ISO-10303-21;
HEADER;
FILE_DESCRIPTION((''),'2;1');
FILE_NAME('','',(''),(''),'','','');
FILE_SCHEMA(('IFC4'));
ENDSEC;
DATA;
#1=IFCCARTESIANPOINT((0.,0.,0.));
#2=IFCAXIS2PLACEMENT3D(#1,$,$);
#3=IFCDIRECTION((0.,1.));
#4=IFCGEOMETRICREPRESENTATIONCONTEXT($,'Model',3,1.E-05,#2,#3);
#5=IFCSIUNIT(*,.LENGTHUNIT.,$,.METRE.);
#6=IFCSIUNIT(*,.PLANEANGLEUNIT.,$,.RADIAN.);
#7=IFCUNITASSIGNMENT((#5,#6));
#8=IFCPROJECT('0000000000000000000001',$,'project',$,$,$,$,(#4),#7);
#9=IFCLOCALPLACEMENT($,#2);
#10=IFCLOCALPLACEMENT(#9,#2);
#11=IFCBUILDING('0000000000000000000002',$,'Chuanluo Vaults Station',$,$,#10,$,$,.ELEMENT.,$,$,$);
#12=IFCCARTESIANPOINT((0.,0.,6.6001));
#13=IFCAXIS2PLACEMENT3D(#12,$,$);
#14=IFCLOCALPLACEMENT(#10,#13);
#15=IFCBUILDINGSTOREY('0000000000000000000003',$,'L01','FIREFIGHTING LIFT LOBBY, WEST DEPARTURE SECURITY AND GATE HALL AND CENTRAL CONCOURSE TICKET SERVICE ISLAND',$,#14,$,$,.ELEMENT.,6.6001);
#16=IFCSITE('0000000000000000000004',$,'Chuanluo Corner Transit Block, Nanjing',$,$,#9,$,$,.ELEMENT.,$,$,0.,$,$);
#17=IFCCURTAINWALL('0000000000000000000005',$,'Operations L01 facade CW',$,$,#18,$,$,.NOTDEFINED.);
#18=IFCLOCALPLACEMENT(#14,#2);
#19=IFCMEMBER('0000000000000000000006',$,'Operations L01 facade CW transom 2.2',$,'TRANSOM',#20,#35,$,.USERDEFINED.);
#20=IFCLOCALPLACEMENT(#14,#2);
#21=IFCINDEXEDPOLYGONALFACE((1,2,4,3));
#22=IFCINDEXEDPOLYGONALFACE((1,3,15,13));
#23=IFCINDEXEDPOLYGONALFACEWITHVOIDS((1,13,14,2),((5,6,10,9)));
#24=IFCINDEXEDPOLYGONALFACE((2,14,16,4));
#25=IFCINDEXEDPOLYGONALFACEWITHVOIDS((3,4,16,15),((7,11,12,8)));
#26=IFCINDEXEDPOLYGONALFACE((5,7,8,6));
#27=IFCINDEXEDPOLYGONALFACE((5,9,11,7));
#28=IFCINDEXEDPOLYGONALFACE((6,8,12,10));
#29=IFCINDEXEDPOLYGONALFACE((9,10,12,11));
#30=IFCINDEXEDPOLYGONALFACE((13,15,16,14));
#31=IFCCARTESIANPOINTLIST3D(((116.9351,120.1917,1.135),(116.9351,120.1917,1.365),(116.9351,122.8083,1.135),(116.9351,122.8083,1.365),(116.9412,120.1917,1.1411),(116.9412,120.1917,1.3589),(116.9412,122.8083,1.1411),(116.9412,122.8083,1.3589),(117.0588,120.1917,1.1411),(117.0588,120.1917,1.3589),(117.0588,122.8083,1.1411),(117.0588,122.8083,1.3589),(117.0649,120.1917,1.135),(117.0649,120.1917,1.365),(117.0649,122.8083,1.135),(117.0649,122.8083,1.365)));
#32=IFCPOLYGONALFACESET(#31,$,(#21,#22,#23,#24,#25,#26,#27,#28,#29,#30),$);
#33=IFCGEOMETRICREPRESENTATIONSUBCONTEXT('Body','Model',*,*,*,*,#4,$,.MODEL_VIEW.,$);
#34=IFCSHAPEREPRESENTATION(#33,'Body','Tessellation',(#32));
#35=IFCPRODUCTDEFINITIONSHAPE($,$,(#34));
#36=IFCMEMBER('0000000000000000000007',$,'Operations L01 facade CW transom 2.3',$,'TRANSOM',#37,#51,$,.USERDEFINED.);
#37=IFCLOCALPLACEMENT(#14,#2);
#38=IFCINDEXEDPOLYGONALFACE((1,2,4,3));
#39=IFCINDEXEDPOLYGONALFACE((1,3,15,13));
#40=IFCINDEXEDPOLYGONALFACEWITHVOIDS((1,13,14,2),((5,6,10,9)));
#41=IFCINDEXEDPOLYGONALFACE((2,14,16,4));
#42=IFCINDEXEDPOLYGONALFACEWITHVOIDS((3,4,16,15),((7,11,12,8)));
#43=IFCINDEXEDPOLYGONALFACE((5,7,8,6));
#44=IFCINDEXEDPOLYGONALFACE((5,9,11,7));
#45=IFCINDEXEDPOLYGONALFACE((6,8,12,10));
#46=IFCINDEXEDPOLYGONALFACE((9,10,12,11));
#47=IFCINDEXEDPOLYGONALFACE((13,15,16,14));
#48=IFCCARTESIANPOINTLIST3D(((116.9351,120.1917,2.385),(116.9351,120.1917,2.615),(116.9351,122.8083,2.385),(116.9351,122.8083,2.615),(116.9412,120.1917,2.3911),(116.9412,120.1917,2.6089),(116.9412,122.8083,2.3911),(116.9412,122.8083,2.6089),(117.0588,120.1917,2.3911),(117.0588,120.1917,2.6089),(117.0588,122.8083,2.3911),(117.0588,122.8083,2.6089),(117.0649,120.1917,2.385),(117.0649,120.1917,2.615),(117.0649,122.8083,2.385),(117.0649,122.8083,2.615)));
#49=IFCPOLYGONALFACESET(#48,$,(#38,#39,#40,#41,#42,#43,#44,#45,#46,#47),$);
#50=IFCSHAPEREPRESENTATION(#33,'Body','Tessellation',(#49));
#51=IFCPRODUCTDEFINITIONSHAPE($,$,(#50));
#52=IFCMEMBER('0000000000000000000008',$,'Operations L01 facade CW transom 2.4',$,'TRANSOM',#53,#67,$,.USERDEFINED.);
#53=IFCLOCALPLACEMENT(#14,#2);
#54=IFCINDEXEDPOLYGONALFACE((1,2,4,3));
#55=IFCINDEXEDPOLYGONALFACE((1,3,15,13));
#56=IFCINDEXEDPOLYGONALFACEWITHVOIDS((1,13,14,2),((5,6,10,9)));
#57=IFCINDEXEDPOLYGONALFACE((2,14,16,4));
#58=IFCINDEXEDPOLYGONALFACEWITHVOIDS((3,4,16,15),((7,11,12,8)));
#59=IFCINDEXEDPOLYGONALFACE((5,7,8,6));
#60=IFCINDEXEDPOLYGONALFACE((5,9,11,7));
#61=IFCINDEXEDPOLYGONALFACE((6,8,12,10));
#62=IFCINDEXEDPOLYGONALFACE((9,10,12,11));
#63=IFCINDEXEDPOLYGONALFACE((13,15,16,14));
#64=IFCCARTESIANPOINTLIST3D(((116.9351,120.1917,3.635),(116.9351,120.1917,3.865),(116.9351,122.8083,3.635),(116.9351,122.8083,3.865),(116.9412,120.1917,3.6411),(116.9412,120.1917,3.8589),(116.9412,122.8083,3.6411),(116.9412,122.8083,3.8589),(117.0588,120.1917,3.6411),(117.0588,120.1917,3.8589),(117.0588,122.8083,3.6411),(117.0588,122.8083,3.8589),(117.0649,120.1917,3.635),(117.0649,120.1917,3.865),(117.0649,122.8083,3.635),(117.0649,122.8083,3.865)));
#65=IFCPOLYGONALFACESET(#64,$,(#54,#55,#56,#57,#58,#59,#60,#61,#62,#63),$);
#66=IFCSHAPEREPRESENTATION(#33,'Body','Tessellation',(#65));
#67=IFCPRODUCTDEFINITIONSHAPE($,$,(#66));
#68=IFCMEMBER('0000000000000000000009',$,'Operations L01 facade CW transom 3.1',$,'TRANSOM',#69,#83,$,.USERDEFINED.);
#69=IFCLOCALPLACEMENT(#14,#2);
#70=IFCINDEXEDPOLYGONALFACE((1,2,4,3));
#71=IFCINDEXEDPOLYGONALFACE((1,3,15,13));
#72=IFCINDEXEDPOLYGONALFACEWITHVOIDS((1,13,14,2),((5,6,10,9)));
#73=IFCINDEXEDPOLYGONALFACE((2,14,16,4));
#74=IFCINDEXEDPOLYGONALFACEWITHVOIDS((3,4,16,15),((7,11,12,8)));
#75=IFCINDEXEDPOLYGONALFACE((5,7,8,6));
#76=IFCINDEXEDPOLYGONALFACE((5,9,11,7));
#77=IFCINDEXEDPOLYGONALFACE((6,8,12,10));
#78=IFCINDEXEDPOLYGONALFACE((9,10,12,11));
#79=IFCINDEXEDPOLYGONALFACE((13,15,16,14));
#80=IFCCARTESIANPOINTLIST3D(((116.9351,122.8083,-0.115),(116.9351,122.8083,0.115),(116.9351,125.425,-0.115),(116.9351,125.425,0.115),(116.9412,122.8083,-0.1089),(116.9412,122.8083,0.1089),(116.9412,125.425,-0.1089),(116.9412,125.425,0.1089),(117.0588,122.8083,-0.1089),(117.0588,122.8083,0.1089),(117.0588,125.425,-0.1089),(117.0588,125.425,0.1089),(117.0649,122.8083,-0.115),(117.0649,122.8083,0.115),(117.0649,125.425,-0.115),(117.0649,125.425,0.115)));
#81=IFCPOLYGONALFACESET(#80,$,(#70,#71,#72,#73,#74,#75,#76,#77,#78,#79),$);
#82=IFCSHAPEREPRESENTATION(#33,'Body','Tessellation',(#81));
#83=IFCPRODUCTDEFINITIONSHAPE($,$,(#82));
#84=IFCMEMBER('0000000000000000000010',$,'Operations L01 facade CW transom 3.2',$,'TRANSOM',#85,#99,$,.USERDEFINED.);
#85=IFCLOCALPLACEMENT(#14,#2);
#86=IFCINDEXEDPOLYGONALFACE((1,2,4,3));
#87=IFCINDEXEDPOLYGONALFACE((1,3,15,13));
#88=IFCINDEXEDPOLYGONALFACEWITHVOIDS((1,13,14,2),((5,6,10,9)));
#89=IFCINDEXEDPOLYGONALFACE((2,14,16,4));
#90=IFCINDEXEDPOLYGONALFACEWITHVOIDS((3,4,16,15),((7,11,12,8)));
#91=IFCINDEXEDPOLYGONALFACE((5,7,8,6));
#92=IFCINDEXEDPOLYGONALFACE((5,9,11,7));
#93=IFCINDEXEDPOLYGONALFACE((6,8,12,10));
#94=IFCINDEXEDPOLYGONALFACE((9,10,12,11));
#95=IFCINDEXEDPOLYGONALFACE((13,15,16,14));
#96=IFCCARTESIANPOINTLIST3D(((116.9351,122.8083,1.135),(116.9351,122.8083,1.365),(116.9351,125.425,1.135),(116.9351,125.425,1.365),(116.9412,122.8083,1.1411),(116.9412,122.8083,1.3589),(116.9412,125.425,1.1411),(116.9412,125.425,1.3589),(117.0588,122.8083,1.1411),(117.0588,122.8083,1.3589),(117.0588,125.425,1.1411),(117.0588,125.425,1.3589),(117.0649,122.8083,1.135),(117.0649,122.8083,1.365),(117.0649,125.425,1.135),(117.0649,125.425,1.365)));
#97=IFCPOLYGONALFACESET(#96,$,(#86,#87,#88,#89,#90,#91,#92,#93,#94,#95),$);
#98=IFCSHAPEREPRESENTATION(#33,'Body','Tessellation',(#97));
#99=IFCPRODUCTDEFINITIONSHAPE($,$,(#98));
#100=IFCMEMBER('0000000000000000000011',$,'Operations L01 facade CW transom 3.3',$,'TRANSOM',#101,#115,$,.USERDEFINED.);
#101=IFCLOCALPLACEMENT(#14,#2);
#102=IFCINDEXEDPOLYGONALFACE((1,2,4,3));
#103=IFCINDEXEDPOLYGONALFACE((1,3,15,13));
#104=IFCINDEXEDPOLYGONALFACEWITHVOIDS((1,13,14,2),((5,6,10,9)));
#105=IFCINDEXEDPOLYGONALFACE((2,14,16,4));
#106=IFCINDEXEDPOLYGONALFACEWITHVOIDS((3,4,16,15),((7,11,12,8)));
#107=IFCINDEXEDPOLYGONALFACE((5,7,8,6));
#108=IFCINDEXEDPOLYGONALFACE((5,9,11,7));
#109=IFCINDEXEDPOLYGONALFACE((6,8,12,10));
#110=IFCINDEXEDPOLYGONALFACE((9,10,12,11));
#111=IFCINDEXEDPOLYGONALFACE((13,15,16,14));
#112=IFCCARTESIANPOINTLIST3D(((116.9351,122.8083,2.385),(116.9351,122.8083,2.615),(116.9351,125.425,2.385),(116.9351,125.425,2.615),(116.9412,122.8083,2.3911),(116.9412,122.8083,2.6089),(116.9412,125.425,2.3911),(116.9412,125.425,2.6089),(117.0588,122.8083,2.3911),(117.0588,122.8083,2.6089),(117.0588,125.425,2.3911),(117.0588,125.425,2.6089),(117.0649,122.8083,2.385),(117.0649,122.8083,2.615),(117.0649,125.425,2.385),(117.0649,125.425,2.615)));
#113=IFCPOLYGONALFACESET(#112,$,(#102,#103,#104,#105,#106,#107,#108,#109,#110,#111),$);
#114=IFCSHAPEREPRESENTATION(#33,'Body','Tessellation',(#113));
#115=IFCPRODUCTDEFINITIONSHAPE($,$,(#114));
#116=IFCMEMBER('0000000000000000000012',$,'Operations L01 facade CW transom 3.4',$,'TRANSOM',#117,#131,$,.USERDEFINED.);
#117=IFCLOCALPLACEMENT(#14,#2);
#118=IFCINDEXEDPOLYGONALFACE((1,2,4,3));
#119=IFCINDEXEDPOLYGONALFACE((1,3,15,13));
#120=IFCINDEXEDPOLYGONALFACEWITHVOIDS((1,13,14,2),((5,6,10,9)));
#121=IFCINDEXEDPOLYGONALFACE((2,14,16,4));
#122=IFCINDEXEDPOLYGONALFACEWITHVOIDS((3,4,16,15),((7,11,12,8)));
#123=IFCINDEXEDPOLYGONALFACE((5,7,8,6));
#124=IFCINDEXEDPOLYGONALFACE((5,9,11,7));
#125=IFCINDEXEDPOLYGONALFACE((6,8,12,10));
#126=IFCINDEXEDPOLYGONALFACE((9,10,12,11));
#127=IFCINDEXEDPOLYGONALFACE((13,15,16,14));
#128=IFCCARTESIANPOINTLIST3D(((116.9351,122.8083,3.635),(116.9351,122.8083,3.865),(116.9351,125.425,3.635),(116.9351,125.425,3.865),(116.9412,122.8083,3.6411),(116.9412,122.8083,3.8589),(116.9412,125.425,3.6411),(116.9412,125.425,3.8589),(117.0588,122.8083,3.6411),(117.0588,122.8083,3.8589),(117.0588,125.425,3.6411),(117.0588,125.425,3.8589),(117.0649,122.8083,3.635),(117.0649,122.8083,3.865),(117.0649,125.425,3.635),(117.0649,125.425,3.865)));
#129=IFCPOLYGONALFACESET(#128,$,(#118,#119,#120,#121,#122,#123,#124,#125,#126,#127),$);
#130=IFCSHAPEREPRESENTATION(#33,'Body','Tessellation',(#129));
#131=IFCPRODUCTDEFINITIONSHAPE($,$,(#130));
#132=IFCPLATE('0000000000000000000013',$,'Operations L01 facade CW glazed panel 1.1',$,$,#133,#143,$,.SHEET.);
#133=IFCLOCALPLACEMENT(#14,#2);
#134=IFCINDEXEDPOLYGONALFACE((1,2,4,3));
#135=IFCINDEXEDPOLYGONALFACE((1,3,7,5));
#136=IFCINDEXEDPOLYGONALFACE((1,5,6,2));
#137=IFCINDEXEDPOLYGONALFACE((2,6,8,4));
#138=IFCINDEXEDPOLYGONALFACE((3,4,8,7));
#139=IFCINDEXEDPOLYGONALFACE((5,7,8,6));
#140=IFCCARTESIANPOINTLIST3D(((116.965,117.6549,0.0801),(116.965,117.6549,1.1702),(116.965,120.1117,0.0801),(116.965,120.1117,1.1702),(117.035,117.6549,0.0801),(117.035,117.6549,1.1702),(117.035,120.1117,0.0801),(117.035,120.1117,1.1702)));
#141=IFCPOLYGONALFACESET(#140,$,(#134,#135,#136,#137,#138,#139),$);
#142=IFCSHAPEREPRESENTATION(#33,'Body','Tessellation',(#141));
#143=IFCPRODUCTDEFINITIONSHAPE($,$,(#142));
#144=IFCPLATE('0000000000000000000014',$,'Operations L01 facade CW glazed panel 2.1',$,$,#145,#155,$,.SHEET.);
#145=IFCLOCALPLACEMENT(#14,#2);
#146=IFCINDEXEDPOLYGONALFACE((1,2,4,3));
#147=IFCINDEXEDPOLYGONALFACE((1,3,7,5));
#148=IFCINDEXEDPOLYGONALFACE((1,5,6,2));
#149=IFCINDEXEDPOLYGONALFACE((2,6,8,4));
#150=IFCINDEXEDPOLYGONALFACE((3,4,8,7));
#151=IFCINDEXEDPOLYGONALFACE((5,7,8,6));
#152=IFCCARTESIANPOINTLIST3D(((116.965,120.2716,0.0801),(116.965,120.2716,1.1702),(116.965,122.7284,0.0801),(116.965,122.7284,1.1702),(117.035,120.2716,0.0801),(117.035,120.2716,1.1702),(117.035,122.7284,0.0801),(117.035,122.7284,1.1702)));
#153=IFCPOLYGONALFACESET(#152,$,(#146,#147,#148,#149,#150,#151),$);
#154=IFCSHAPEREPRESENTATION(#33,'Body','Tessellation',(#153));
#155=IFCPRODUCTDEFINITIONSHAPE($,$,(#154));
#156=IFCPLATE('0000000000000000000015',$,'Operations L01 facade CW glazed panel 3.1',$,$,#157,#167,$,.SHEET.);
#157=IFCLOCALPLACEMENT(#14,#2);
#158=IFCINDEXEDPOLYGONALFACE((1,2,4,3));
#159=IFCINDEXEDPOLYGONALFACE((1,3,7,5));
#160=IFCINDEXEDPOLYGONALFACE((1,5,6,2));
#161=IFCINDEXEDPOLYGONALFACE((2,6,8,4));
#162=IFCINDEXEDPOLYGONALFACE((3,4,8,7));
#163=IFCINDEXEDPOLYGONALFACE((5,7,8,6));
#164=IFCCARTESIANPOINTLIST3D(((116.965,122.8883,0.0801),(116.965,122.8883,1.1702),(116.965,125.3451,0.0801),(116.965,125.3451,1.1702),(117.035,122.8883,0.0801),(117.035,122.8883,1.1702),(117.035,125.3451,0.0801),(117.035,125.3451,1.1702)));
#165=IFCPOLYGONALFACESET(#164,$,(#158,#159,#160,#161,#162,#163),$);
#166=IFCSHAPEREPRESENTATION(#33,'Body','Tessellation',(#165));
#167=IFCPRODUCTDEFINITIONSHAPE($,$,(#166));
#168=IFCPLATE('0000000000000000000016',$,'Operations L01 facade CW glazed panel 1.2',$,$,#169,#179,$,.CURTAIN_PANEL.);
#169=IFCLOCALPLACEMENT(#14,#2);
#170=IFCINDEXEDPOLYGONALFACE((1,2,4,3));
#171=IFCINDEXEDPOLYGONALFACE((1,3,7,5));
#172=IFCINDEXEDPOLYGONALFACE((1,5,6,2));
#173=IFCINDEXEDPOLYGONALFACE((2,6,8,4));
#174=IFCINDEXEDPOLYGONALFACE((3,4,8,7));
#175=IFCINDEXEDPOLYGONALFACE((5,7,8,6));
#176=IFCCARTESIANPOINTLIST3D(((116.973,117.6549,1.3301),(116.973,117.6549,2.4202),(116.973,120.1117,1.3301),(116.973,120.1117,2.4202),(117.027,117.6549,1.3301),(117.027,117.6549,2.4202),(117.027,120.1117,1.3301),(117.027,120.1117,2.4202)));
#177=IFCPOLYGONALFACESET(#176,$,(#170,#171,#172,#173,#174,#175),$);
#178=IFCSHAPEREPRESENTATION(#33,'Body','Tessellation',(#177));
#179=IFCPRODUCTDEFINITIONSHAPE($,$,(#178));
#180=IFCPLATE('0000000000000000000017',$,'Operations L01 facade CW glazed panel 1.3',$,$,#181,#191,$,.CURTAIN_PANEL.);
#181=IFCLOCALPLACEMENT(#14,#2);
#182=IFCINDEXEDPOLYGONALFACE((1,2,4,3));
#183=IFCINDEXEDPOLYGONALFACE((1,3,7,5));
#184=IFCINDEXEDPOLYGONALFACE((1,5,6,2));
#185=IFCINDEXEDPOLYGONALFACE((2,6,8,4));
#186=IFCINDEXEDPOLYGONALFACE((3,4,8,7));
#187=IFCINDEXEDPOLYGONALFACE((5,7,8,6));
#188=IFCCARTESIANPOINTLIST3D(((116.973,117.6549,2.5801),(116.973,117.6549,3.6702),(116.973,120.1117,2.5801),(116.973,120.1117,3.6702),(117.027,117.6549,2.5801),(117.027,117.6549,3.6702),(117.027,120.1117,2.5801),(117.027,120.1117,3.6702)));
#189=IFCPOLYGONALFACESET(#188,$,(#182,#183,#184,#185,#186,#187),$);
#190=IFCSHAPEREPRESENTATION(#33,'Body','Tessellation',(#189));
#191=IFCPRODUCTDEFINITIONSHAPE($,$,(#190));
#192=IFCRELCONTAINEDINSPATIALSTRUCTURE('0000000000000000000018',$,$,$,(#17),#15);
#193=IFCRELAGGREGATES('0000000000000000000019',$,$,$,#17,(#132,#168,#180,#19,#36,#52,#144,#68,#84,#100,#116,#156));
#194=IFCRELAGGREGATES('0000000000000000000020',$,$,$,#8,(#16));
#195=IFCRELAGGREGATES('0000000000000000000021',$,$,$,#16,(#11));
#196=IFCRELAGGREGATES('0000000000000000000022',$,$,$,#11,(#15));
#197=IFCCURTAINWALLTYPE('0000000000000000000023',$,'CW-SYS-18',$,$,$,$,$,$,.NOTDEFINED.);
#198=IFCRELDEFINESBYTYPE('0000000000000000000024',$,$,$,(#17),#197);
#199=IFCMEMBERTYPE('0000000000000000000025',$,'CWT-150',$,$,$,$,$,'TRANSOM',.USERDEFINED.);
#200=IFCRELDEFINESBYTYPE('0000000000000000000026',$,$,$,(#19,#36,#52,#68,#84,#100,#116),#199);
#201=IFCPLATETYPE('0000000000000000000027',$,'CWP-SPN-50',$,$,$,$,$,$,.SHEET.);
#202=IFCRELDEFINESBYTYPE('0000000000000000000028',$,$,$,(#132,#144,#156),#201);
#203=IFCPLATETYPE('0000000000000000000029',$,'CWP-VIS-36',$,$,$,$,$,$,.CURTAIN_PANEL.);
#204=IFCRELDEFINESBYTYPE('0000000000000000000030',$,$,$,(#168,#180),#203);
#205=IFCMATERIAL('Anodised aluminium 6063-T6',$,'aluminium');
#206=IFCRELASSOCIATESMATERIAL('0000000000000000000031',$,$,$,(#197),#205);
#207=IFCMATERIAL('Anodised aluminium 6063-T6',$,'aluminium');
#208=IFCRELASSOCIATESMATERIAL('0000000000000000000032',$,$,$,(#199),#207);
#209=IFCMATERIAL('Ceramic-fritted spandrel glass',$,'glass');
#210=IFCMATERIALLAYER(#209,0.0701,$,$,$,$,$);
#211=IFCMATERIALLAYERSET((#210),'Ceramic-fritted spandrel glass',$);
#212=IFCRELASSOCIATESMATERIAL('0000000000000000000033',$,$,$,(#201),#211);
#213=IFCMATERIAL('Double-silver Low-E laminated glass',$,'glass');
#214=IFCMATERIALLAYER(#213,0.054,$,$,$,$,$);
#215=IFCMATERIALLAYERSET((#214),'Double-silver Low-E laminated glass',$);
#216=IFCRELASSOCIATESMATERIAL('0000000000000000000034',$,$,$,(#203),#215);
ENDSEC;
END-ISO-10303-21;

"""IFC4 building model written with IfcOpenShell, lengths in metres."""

from ifc_helpers import new_model, si_unit, direction, frame, origin, origin_2d, place, context, subcontext, project, spatial, rectangle, hollow_rectangle, extrude, material, layer, layer_set, material_profile, profile_set, type_object, element, aggregate, save


model = new_model("IFC4")

# Units and contexts
model_context = context("Model", 3, precision=1e-05, world=origin(), true_north=direction((0.0, 1.0)))
body_context = subcontext(model_context, "Body", "Model", "MODEL_VIEW")
ifc_project = project(units=[si_unit("LENGTHUNIT", "METRE"), si_unit("PLANEANGLEUNIT", "RADIAN")], contexts=[model_context])

# Site, building, storey
site_placement = place(None, origin())
site = spatial("IfcSite", under=ifc_project, at=site_placement, Name="Chuanluo Corner Transit Block, Nanjing", CompositionType="ELEMENT", RefElevation=0.0)
building_placement = place(site_placement, origin())
building = spatial("IfcBuilding", under=site, at=building_placement, Name="Chuanluo Vaults Station", CompositionType="ELEMENT")
storey_placement = place(building_placement, frame((0.0, 0.0, 6.6001)))
storey = spatial("IfcBuildingStorey", under=building, at=storey_placement, Name="L01", Description="FIREFIGHTING LIFT LOBBY, WEST DEPARTURE SECURITY AND GATE HALL AND CENTRAL CONCOURSE TICKET SERVICE ISLAND", CompositionType="ELEMENT", Elevation=6.6001)

# Curtain wall, members, plates
ifc_material_1 = material(Name="Anodised aluminium 6063-T6", Category="aluminium")
curtain_wall_type = type_object("IfcCurtainWallType", Name="CW-SYS-18", PredefinedType="NOTDEFINED", material=ifc_material_1)
curtain_wall_placement = place(storey_placement, origin())
curtain_wall = element("IfcCurtainWall", 1, at=curtain_wall_placement, inside=storey, type_object=curtain_wall_type, Name="Operations L01 facade CW", PredefinedType="NOTDEFINED")
ifc_material_2 = material(Name="Anodised aluminium 6063-T6", Category="aluminium")
ifc_material_profile_1 = material_profile(ifc_material_2, hollow_rectangle(XDim=0.1299, YDim=0.23, WallThickness=0.0061, at=origin_2d()))
ifc_profile_set_1 = profile_set([ifc_material_profile_1], Name="Anodised aluminium 6063-T6")
member_type_1 = type_object("IfcMemberType", Name="CWT-150", ElementType="TRANSOM", PredefinedType="USERDEFINED", material=ifc_profile_set_1)
member_1_placement = place(storey_placement, frame((117.0, 120.1917, 1.25), z_axis=(0.0, 1.0, 0.0), x_axis=(-1.0, 0.0, 0.0)))
member_1 = element("IfcMember", 2, at=member_1_placement, type_object=member_type_1, Name="Operations L01 facade CW transom 2.2", ObjectType="TRANSOM", PredefinedType="USERDEFINED", context=body_context, shape_type="SweptSolid", body=[
    extrude(hollow_rectangle(XDim=0.1299, YDim=0.23, WallThickness=0.0061, at=origin_2d()), origin(), (0.0, 0.0, 1.0), 2.6167),
])
member_2_placement = place(storey_placement, frame((117.0, 120.1917, 2.5), z_axis=(0.0, 1.0, 0.0), x_axis=(-1.0, 0.0, 0.0)))
member_2 = element("IfcMember", 3, at=member_2_placement, type_object=member_type_1, Name="Operations L01 facade CW transom 2.3", ObjectType="TRANSOM", PredefinedType="USERDEFINED", context=body_context, shape_type="SweptSolid", body=[
    extrude(hollow_rectangle(XDim=0.1299, YDim=0.23, WallThickness=0.0061, at=origin_2d()), origin(), (0.0, 0.0, 1.0), 2.6167),
])
member_3_placement = place(storey_placement, frame((117.0, 120.1917, 3.75), z_axis=(0.0, 1.0, 0.0), x_axis=(-1.0, 0.0, 0.0)))
member_3 = element("IfcMember", 4, at=member_3_placement, type_object=member_type_1, Name="Operations L01 facade CW transom 2.4", ObjectType="TRANSOM", PredefinedType="USERDEFINED", context=body_context, shape_type="SweptSolid", body=[
    extrude(hollow_rectangle(XDim=0.1299, YDim=0.23, WallThickness=0.0061, at=origin_2d()), origin(), (0.0, 0.0, 1.0), 2.6167),
])
member_4_placement = place(storey_placement, frame((117.0, 122.8083, 0.0), z_axis=(0.0, 1.0, 0.0), x_axis=(-1.0, 0.0, 0.0)))
member_4 = element("IfcMember", 5, at=member_4_placement, type_object=member_type_1, Name="Operations L01 facade CW transom 3.1", ObjectType="TRANSOM", PredefinedType="USERDEFINED", context=body_context, shape_type="SweptSolid", body=[
    extrude(hollow_rectangle(XDim=0.1299, YDim=0.23, WallThickness=0.0061, at=origin_2d()), origin(), (0.0, 0.0, 1.0), 2.6167),
])
member_5_placement = place(storey_placement, frame((117.0, 122.8083, 1.25), z_axis=(0.0, 1.0, 0.0), x_axis=(-1.0, 0.0, 0.0)))
member_5 = element("IfcMember", 6, at=member_5_placement, type_object=member_type_1, Name="Operations L01 facade CW transom 3.2", ObjectType="TRANSOM", PredefinedType="USERDEFINED", context=body_context, shape_type="SweptSolid", body=[
    extrude(hollow_rectangle(XDim=0.1299, YDim=0.23, WallThickness=0.0061, at=origin_2d()), origin(), (0.0, 0.0, 1.0), 2.6167),
])
member_6_placement = place(storey_placement, frame((117.0, 122.8083, 2.5), z_axis=(0.0, 1.0, 0.0), x_axis=(-1.0, 0.0, 0.0)))
member_6 = element("IfcMember", 7, at=member_6_placement, type_object=member_type_1, Name="Operations L01 facade CW transom 3.3", ObjectType="TRANSOM", PredefinedType="USERDEFINED", context=body_context, shape_type="SweptSolid", body=[
    extrude(hollow_rectangle(XDim=0.1299, YDim=0.23, WallThickness=0.0061, at=origin_2d()), origin(), (0.0, 0.0, 1.0), 2.6167),
])
member_7_placement = place(storey_placement, frame((117.0, 122.8083, 3.75), z_axis=(0.0, 1.0, 0.0), x_axis=(-1.0, 0.0, 0.0)))
member_7 = element("IfcMember", 8, at=member_7_placement, type_object=member_type_1, Name="Operations L01 facade CW transom 3.4", ObjectType="TRANSOM", PredefinedType="USERDEFINED", context=body_context, shape_type="SweptSolid", body=[
    extrude(hollow_rectangle(XDim=0.1299, YDim=0.23, WallThickness=0.0061, at=origin_2d()), origin(), (0.0, 0.0, 1.0), 2.6167),
])
ifc_material_3 = material(Name="Ceramic-fritted spandrel glass", Category="glass")
ifc_layer_1 = layer(ifc_material_3, 0.0701)
ifc_layer_set_1 = layer_set([ifc_layer_1], Name="Ceramic-fritted spandrel glass")
plate_type_1 = type_object("IfcPlateType", Name="CWP-SPN-50", PredefinedType="SHEET", material=ifc_layer_set_1)
plate_1_placement = place(storey_placement, frame((117.0, 118.8833, 0.0801), z_axis=(0.0, 0.0, 1.0), x_axis=(0.0, 1.0, 0.0)))
plate_1 = element("IfcPlate", 9, at=plate_1_placement, type_object=plate_type_1, Name="Operations L01 facade CW glazed panel 1.1", PredefinedType="SHEET", context=body_context, shape_type="SweptSolid", body=[
    extrude(rectangle(XDim=2.4568, YDim=0.0701, at=origin_2d()), origin(), (0.0, 0.0, 1.0), 1.0901),
])
plate_2_placement = place(storey_placement, frame((117.0, 121.5, 0.0801), z_axis=(0.0, 0.0, 1.0), x_axis=(0.0, 1.0, 0.0)))
plate_2 = element("IfcPlate", 10, at=plate_2_placement, type_object=plate_type_1, Name="Operations L01 facade CW glazed panel 2.1", PredefinedType="SHEET", context=body_context, shape_type="SweptSolid", body=[
    extrude(rectangle(XDim=2.4568, YDim=0.0701, at=origin_2d()), origin(), (0.0, 0.0, 1.0), 1.0901),
])
plate_3_placement = place(storey_placement, frame((117.0, 124.1167, 0.0801), z_axis=(0.0, 0.0, 1.0), x_axis=(0.0, 1.0, 0.0)))
plate_3 = element("IfcPlate", 11, at=plate_3_placement, type_object=plate_type_1, Name="Operations L01 facade CW glazed panel 3.1", PredefinedType="SHEET", context=body_context, shape_type="SweptSolid", body=[
    extrude(rectangle(XDim=2.4568, YDim=0.0701, at=origin_2d()), origin(), (0.0, 0.0, 1.0), 1.0901),
])
ifc_material_4 = material(Name="Double-silver Low-E laminated glass", Category="glass")
ifc_layer_2 = layer(ifc_material_4, 0.054)
ifc_layer_set_2 = layer_set([ifc_layer_2], Name="Double-silver Low-E laminated glass")
plate_type_2 = type_object("IfcPlateType", Name="CWP-VIS-36", PredefinedType="CURTAIN_PANEL", material=ifc_layer_set_2)
plate_4_placement = place(storey_placement, frame((117.0, 118.8833, 1.3301), z_axis=(0.0, 0.0, 1.0), x_axis=(0.0, 1.0, 0.0)))
plate_4 = element("IfcPlate", 12, at=plate_4_placement, type_object=plate_type_2, Name="Operations L01 facade CW glazed panel 1.2", PredefinedType="CURTAIN_PANEL", context=body_context, shape_type="SweptSolid", body=[
    extrude(rectangle(XDim=2.4568, YDim=0.054, at=origin_2d()), origin(), (0.0, 0.0, 1.0), 1.0901),
])
plate_5_placement = place(storey_placement, frame((117.0, 118.8833, 2.5801), z_axis=(0.0, 0.0, 1.0), x_axis=(0.0, 1.0, 0.0)))
plate_5 = element("IfcPlate", 13, at=plate_5_placement, type_object=plate_type_2, Name="Operations L01 facade CW glazed panel 1.3", PredefinedType="CURTAIN_PANEL", context=body_context, shape_type="SweptSolid", body=[
    extrude(rectangle(XDim=2.4568, YDim=0.054, at=origin_2d()), origin(), (0.0, 0.0, 1.0), 1.0901),
])
aggregate(curtain_wall, [plate_1, plate_4, plate_5, member_1, member_2, member_3, plate_2, member_4, member_5, member_6, member_7, plate_3])

save(model, "model.ifc")
